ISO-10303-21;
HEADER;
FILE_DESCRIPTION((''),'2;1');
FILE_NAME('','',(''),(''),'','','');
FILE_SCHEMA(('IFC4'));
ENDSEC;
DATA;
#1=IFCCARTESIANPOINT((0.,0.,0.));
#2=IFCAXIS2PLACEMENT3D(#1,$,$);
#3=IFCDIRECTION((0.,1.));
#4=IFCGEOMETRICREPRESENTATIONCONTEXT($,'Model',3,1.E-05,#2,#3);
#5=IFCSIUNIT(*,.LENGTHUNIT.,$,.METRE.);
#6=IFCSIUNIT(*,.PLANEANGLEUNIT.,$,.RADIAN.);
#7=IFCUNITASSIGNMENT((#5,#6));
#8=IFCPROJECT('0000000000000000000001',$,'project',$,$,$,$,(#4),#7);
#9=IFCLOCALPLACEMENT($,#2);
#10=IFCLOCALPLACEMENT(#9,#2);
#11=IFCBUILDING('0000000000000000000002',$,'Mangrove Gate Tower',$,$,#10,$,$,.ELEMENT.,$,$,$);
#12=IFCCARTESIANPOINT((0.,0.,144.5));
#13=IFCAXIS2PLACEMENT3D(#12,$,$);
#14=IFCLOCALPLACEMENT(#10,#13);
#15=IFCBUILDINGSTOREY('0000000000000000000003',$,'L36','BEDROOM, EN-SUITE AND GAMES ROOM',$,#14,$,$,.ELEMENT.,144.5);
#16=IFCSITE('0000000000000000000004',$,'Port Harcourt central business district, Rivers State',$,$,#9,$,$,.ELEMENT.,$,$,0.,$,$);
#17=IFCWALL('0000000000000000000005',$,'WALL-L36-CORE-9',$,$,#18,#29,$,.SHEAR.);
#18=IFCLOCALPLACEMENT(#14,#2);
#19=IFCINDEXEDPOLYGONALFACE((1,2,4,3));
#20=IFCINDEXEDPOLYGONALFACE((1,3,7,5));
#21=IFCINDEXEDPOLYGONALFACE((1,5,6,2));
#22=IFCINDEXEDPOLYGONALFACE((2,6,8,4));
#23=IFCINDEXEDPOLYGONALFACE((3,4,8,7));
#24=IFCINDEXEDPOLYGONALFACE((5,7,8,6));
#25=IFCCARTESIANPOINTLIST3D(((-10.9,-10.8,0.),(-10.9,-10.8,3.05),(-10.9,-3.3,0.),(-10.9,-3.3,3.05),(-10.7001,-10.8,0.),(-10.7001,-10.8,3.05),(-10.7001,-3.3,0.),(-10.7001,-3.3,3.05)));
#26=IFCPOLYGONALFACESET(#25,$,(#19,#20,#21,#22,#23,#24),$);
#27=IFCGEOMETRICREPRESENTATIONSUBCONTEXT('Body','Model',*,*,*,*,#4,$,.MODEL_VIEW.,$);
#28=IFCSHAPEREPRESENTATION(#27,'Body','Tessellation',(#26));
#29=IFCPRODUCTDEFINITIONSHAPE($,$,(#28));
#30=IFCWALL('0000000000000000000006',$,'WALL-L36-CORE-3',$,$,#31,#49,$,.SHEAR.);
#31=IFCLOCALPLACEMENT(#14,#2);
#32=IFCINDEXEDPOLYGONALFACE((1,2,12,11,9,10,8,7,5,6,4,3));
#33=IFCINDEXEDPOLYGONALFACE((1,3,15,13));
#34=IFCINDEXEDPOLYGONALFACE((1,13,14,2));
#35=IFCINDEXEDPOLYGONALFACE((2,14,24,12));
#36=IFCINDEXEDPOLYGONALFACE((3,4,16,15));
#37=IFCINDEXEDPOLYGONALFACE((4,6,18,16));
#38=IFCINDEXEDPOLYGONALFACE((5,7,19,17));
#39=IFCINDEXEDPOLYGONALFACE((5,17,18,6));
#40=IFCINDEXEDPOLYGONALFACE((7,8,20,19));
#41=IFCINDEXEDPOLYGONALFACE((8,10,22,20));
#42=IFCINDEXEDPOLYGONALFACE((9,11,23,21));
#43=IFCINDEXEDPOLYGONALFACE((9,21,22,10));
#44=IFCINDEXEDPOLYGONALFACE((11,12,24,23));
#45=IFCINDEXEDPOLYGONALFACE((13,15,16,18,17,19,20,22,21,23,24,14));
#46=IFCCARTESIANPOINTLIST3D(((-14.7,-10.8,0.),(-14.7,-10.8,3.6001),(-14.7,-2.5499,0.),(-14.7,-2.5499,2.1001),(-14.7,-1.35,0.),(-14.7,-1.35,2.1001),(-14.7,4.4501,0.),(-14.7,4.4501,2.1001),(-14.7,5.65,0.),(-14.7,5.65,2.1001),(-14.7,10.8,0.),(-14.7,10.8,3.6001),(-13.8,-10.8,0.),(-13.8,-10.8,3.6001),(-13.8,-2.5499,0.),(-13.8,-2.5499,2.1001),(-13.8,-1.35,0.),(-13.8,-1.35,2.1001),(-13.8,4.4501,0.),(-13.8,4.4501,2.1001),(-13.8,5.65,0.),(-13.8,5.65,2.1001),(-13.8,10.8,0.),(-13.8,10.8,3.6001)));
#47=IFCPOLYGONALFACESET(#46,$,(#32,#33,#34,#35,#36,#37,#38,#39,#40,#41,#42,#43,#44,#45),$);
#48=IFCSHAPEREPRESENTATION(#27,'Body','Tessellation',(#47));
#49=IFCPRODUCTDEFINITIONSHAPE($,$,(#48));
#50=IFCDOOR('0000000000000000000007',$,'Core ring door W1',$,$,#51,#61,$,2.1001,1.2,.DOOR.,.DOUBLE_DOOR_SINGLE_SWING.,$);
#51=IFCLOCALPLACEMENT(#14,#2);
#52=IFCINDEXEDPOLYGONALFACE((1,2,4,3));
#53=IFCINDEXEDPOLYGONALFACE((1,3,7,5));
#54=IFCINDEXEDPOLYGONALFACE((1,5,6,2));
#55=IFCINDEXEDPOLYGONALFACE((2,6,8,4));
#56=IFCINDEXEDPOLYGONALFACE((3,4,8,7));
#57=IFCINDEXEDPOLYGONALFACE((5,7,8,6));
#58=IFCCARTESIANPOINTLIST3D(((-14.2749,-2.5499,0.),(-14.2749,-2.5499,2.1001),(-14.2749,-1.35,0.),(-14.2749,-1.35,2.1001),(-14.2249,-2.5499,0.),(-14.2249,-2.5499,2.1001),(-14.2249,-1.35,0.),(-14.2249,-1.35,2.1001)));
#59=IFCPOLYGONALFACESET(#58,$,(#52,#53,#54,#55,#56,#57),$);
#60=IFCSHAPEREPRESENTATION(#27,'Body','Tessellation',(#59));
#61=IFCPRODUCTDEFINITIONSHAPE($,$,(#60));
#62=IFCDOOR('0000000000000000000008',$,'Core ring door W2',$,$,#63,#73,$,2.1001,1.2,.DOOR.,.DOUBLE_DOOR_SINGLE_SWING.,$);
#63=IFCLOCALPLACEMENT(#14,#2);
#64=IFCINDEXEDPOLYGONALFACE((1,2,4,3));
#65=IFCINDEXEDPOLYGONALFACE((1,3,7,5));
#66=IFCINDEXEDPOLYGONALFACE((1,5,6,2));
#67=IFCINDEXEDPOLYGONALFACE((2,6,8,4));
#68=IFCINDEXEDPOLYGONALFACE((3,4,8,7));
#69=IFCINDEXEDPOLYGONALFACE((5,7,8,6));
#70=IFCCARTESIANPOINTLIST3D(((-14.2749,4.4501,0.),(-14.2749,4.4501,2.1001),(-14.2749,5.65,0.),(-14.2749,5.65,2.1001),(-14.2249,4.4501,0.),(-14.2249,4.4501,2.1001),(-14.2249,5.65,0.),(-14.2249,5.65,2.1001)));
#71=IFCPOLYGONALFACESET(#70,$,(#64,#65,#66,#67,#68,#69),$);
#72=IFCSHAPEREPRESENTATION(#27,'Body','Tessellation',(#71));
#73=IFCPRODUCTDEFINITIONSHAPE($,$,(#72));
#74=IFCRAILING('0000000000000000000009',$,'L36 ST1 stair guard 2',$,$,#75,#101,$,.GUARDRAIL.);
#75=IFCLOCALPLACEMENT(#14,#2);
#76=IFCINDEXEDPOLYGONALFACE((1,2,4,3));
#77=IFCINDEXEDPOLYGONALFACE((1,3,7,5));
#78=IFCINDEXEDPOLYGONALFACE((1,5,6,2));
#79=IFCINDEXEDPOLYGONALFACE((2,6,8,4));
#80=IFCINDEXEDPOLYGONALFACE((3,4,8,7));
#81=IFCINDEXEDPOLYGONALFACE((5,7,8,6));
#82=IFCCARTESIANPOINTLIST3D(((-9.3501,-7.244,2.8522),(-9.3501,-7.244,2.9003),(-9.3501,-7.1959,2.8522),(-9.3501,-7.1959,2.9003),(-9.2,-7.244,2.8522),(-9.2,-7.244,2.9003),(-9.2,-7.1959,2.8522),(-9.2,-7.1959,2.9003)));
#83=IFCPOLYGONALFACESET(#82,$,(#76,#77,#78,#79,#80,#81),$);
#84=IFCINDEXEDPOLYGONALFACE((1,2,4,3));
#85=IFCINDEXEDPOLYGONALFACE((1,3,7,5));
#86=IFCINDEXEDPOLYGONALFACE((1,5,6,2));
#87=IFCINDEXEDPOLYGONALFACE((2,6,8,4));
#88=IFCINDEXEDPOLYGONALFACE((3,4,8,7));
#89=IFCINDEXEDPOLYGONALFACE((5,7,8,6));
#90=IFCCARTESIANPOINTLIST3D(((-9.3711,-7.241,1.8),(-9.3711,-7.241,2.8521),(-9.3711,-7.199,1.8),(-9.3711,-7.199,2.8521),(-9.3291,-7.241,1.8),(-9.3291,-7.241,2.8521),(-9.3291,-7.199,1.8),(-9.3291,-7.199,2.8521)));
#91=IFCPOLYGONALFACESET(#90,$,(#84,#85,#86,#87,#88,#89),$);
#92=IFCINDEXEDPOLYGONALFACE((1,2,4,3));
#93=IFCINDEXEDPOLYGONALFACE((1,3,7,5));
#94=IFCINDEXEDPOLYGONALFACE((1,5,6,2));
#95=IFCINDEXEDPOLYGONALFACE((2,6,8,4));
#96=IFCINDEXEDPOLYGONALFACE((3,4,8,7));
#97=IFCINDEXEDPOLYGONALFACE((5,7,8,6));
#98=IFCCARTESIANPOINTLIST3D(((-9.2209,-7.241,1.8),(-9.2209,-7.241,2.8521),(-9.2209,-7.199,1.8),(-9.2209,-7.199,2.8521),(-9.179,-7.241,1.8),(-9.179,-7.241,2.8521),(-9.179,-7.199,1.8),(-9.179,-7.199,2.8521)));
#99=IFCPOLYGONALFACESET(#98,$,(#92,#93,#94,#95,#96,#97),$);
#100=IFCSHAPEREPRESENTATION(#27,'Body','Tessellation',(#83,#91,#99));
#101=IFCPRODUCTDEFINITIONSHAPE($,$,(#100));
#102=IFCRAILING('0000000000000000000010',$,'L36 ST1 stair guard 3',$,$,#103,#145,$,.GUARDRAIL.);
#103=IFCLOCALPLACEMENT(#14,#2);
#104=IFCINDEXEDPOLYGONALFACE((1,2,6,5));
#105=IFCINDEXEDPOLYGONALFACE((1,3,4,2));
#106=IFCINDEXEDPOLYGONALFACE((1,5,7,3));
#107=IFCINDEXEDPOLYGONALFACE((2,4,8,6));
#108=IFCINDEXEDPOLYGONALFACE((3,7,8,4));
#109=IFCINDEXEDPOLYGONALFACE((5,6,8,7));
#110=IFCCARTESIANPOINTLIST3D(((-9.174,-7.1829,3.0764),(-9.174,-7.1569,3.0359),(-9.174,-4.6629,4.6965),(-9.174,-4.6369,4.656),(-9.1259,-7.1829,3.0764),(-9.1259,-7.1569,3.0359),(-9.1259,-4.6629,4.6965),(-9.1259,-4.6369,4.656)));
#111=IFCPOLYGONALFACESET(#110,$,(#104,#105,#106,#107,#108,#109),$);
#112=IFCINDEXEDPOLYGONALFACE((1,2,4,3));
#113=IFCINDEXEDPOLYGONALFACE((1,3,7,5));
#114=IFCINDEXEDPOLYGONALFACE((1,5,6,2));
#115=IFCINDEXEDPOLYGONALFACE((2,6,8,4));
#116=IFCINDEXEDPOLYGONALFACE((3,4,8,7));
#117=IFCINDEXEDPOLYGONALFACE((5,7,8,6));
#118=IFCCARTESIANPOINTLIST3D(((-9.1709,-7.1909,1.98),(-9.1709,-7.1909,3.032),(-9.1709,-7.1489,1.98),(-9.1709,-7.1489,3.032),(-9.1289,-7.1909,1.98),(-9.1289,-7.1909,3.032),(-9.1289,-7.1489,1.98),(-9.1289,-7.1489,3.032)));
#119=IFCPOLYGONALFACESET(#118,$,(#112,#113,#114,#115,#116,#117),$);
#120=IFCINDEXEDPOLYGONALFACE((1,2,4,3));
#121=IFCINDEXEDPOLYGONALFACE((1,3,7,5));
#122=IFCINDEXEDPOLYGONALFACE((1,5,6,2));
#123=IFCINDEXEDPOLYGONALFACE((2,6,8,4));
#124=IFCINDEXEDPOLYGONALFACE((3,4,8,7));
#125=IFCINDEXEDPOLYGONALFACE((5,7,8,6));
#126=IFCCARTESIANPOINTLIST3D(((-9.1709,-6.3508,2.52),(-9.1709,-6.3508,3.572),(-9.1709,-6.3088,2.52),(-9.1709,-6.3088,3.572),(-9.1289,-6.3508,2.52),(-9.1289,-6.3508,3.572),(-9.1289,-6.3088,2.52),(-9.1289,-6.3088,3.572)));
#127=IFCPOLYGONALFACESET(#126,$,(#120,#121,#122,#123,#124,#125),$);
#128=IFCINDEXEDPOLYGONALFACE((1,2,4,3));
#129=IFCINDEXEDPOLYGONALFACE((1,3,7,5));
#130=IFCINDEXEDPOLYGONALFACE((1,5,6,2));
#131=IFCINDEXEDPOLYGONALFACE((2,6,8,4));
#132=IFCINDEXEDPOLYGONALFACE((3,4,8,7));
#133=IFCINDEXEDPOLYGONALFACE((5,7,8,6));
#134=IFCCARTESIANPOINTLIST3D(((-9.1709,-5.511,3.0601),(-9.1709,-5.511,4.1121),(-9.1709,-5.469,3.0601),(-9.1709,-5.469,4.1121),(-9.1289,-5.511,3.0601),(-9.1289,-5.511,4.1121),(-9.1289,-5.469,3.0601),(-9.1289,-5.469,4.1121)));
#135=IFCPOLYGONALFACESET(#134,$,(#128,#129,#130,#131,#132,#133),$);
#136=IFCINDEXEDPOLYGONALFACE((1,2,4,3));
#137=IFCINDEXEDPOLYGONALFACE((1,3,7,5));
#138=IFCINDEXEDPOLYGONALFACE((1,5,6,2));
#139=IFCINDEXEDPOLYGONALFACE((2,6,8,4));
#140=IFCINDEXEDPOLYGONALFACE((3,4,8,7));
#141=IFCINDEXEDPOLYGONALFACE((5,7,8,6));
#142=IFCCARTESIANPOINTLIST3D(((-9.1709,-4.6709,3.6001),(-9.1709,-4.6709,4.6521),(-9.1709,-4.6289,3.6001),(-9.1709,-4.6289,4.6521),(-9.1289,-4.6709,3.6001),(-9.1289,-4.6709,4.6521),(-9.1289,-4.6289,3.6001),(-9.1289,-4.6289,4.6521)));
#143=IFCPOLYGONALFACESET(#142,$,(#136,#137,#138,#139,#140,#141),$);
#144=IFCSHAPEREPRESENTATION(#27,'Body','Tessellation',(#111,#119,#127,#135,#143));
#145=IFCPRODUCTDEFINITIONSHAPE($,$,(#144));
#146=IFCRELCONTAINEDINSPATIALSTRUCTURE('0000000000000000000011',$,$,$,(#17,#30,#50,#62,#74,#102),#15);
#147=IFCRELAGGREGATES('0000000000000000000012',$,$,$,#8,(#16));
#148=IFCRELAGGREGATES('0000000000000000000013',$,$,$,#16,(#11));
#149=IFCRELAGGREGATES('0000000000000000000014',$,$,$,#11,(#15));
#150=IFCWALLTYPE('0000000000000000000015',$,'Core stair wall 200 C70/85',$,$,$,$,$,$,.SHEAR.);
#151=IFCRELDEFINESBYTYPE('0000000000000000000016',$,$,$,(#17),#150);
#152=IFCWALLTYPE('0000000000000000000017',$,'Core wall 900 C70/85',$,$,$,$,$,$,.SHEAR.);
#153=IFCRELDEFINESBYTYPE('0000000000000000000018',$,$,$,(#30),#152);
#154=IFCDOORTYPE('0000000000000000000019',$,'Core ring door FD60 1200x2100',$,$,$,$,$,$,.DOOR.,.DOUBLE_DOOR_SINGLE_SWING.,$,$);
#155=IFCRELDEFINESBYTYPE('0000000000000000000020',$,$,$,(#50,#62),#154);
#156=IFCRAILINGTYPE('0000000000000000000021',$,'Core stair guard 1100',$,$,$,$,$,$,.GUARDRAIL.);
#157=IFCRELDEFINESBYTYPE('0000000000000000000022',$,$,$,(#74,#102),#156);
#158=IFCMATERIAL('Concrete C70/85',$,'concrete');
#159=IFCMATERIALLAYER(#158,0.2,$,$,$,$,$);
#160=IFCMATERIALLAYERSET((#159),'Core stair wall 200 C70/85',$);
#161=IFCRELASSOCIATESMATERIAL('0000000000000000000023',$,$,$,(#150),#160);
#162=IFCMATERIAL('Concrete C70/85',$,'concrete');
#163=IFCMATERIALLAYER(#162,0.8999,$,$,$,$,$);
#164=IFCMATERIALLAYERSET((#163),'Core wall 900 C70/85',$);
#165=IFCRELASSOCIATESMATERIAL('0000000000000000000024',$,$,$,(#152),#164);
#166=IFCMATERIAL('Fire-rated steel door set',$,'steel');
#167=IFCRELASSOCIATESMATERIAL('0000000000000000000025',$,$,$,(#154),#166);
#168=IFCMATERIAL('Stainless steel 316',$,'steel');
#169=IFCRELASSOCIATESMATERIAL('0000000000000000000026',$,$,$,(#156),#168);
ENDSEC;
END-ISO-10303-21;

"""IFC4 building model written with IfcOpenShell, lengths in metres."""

from ifc_helpers import new_model, si_unit, direction, frame, frame_2d, origin, origin_2d, place, context, subcontext, project, spatial, rectangle, extrude, material, layer, layer_set, type_object, element, fill, save


model = new_model("IFC4")

# Units and contexts
model_context = context("Model", 3, precision=1e-05, world=origin(), true_north=direction((0.0, 1.0)))
body_context = subcontext(model_context, "Body", "Model", "MODEL_VIEW")
ifc_project = project(units=[si_unit("LENGTHUNIT", "METRE"), si_unit("PLANEANGLEUNIT", "RADIAN")], contexts=[model_context])

# Site, building, storey
site_placement = place(None, origin())
site = spatial("IfcSite", under=ifc_project, at=site_placement, Name="Port Harcourt central business district, Rivers State", CompositionType="ELEMENT", RefElevation=0.0)
building_placement = place(site_placement, origin())
building = spatial("IfcBuilding", under=site, at=building_placement, Name="Mangrove Gate Tower", CompositionType="ELEMENT")
storey_placement = place(building_placement, frame((0.0, 0.0, 144.5)))
storey = spatial("IfcBuildingStorey", under=building, at=storey_placement, Name="L36", Description="BEDROOM, EN-SUITE AND GAMES ROOM", CompositionType="ELEMENT", Elevation=144.5)

# Wall
ifc_material_1 = material(Name="Concrete C70/85", Category="concrete")
ifc_layer_1 = layer(ifc_material_1, 0.2)
ifc_layer_set_1 = layer_set([ifc_layer_1], Name="Core stair wall 200 C70/85")
wall_type_1 = type_object("IfcWallType", Name="Core stair wall 200 C70/85", PredefinedType="SHEAR", material=ifc_layer_set_1)
wall_1_placement = place(storey_placement, frame((-10.8, -10.8, 0.0), z_axis=(0.0, 0.0, 1.0), x_axis=(0.0, 1.0, 0.0)))
element("IfcWall", 1, at=wall_1_placement, inside=storey, type_object=wall_type_1, Name="WALL-L36-CORE-9", PredefinedType="SHEAR", context=body_context, shape_type="SweptSolid", body=[
    extrude(rectangle(XDim=7.5, YDim=0.2, at=frame_2d((3.75, 0.0))), origin(), (0.0, 0.0, 1.0), 3.05),
])

# Wall, openings, doors
ifc_material_2 = material(Name="Concrete C70/85", Category="concrete")
ifc_layer_2 = layer(ifc_material_2, 0.8999)
ifc_layer_set_2 = layer_set([ifc_layer_2], Name="Core wall 900 C70/85")
wall_type_2 = type_object("IfcWallType", Name="Core wall 900 C70/85", PredefinedType="SHEAR", material=ifc_layer_set_2)
wall_2_placement = place(storey_placement, frame((-14.25, -10.8, 0.0), z_axis=(0.0, 0.0, 1.0), x_axis=(0.0, 1.0, 0.0)))
wall_2 = element("IfcWall", 2, at=wall_2_placement, inside=storey, type_object=wall_type_2, Name="WALL-L36-CORE-3", PredefinedType="SHEAR", context=body_context, shape_type="SweptSolid", body=[
    extrude(rectangle(XDim=21.6001, YDim=0.8999, at=frame_2d((10.8, 0.0))), origin(), (0.0, 0.0, 1.0), 3.6001),
])
opening_1_placement = place(wall_2_placement, frame((8.25, 0.0, 0.0)))
opening_1 = element("IfcOpeningElement", 3, at=opening_1_placement, cuts=wall_2, PredefinedType="OPENING", context=body_context, shape_type="SweptSolid", body=[
    extrude(rectangle(XDim=1.2, YDim=2.1001, at=frame_2d((0.6001, 1.05))), frame((0.0, 0.46, 0.0), z_axis=(0.0, -1.0, 0.0), x_axis=(1.0, 0.0, 0.0)), (0.0, 0.0, 1.0), 0.9199),
])
opening_2_placement = place(wall_2_placement, frame((15.25, 0.0, 0.0)))
opening_2 = element("IfcOpeningElement", 4, at=opening_2_placement, cuts=wall_2, PredefinedType="OPENING", context=body_context, shape_type="SweptSolid", body=[
    extrude(rectangle(XDim=1.2, YDim=2.1001, at=frame_2d((0.6001, 1.05))), frame((0.0, 0.46, 0.0), z_axis=(0.0, -1.0, 0.0), x_axis=(1.0, 0.0, 0.0)), (0.0, 0.0, 1.0), 0.9199),
])
ifc_material_3 = material(Name="Fire-rated steel door set", Category="steel")
door_type = type_object("IfcDoorType", Name="Core ring door FD60 1200x2100", OperationType="DOUBLE_DOOR_SINGLE_SWING", PredefinedType="DOOR", material=ifc_material_3)
door_1_placement = place(opening_1_placement, origin())
door_1 = element("IfcDoor", 5, at=door_1_placement, inside=storey, type_object=door_type, Name="Core ring door W1", OperationType="DOUBLE_DOOR_SINGLE_SWING", OverallHeight=2.1001, OverallWidth=1.2, PredefinedType="DOOR", context=body_context, shape_type="SweptSolid", body=[
    extrude(rectangle(XDim=1.2, YDim=2.1001, at=frame_2d((0.6001, 1.05))), frame((0.0, 0.0249, 0.0), z_axis=(0.0, -1.0, 0.0), x_axis=(1.0, 0.0, 0.0)), (0.0, 0.0, 1.0), 0.05),
])
fill(opening_1, door_1)
door_2_placement = place(opening_2_placement, origin())
door_2 = element("IfcDoor", 6, at=door_2_placement, inside=storey, type_object=door_type, Name="Core ring door W2", OperationType="DOUBLE_DOOR_SINGLE_SWING", OverallHeight=2.1001, OverallWidth=1.2, PredefinedType="DOOR", context=body_context, shape_type="SweptSolid", body=[
    extrude(rectangle(XDim=1.2, YDim=2.1001, at=frame_2d((0.6001, 1.05))), frame((0.0, 0.0249, 0.0), z_axis=(0.0, -1.0, 0.0), x_axis=(1.0, 0.0, 0.0)), (0.0, 0.0, 1.0), 0.05),
])
fill(opening_2, door_2)

# Railings
ifc_material_4 = material(Name="Stainless steel 316", Category="steel")
railing_type = type_object("IfcRailingType", Name="Core stair guard 1100", PredefinedType="GUARDRAIL", material=ifc_material_4)
railing_1_placement = place(storey_placement, frame((-9.3501, -7.22, 1.8)))
element("IfcRailing", 7, at=railing_1_placement, inside=storey, type_object=railing_type, Name="L36 ST1 stair guard 2", PredefinedType="GUARDRAIL", context=body_context, shape_type="SweptSolid", body=[
    extrude(rectangle(XDim=0.0481, YDim=0.0481, at=origin_2d()), frame((0.0, 0.0, 1.0762), z_axis=(1.0, 0.0, 0.0), x_axis=(0.0, 1.0, 0.0)), (0.0, 0.0, 1.0), 0.1501),
    extrude(rectangle(XDim=0.042, YDim=0.042, at=origin_2d()), origin(), (0.0, 0.0, 1.0), 1.052),
    extrude(rectangle(XDim=0.042, YDim=0.042, at=origin_2d()), frame((0.1501, 0.0, 0.0)), (0.0, 0.0, 1.0), 1.052),
])
railing_2_placement = place(storey_placement, frame((-9.1499, -7.1699, 1.98)))
element("IfcRailing", 8, at=railing_2_placement, inside=storey, type_object=railing_type, Name="L36 ST1 stair guard 3", PredefinedType="GUARDRAIL", context=body_context, shape_type="SweptSolid", body=[
    extrude(rectangle(XDim=0.0481, YDim=0.0481, at=origin_2d()), frame((0.0, 0.0, 1.0762), z_axis=(0.0, 0.841163, 0.540782), x_axis=(-1.0, 0.0, 0.0)), (0.0, 0.0, 1.0), 2.9958),
    extrude(rectangle(XDim=0.042, YDim=0.042, at=origin_2d()), origin(), (0.0, 0.0, 1.0), 1.052),
    extrude(rectangle(XDim=0.042, YDim=0.042, at=origin_2d()), frame((0.0, 0.8401, 0.54)), (0.0, 0.0, 1.0), 1.052),
    extrude(rectangle(XDim=0.042, YDim=0.042, at=origin_2d()), frame((0.0, 1.6799, 1.0801)), (0.0, 0.0, 1.0), 1.052),
    extrude(rectangle(XDim=0.042, YDim=0.042, at=origin_2d()), frame((0.0, 2.52, 1.6201)), (0.0, 0.0, 1.0), 1.052),
])

save(model, "model.ifc")
